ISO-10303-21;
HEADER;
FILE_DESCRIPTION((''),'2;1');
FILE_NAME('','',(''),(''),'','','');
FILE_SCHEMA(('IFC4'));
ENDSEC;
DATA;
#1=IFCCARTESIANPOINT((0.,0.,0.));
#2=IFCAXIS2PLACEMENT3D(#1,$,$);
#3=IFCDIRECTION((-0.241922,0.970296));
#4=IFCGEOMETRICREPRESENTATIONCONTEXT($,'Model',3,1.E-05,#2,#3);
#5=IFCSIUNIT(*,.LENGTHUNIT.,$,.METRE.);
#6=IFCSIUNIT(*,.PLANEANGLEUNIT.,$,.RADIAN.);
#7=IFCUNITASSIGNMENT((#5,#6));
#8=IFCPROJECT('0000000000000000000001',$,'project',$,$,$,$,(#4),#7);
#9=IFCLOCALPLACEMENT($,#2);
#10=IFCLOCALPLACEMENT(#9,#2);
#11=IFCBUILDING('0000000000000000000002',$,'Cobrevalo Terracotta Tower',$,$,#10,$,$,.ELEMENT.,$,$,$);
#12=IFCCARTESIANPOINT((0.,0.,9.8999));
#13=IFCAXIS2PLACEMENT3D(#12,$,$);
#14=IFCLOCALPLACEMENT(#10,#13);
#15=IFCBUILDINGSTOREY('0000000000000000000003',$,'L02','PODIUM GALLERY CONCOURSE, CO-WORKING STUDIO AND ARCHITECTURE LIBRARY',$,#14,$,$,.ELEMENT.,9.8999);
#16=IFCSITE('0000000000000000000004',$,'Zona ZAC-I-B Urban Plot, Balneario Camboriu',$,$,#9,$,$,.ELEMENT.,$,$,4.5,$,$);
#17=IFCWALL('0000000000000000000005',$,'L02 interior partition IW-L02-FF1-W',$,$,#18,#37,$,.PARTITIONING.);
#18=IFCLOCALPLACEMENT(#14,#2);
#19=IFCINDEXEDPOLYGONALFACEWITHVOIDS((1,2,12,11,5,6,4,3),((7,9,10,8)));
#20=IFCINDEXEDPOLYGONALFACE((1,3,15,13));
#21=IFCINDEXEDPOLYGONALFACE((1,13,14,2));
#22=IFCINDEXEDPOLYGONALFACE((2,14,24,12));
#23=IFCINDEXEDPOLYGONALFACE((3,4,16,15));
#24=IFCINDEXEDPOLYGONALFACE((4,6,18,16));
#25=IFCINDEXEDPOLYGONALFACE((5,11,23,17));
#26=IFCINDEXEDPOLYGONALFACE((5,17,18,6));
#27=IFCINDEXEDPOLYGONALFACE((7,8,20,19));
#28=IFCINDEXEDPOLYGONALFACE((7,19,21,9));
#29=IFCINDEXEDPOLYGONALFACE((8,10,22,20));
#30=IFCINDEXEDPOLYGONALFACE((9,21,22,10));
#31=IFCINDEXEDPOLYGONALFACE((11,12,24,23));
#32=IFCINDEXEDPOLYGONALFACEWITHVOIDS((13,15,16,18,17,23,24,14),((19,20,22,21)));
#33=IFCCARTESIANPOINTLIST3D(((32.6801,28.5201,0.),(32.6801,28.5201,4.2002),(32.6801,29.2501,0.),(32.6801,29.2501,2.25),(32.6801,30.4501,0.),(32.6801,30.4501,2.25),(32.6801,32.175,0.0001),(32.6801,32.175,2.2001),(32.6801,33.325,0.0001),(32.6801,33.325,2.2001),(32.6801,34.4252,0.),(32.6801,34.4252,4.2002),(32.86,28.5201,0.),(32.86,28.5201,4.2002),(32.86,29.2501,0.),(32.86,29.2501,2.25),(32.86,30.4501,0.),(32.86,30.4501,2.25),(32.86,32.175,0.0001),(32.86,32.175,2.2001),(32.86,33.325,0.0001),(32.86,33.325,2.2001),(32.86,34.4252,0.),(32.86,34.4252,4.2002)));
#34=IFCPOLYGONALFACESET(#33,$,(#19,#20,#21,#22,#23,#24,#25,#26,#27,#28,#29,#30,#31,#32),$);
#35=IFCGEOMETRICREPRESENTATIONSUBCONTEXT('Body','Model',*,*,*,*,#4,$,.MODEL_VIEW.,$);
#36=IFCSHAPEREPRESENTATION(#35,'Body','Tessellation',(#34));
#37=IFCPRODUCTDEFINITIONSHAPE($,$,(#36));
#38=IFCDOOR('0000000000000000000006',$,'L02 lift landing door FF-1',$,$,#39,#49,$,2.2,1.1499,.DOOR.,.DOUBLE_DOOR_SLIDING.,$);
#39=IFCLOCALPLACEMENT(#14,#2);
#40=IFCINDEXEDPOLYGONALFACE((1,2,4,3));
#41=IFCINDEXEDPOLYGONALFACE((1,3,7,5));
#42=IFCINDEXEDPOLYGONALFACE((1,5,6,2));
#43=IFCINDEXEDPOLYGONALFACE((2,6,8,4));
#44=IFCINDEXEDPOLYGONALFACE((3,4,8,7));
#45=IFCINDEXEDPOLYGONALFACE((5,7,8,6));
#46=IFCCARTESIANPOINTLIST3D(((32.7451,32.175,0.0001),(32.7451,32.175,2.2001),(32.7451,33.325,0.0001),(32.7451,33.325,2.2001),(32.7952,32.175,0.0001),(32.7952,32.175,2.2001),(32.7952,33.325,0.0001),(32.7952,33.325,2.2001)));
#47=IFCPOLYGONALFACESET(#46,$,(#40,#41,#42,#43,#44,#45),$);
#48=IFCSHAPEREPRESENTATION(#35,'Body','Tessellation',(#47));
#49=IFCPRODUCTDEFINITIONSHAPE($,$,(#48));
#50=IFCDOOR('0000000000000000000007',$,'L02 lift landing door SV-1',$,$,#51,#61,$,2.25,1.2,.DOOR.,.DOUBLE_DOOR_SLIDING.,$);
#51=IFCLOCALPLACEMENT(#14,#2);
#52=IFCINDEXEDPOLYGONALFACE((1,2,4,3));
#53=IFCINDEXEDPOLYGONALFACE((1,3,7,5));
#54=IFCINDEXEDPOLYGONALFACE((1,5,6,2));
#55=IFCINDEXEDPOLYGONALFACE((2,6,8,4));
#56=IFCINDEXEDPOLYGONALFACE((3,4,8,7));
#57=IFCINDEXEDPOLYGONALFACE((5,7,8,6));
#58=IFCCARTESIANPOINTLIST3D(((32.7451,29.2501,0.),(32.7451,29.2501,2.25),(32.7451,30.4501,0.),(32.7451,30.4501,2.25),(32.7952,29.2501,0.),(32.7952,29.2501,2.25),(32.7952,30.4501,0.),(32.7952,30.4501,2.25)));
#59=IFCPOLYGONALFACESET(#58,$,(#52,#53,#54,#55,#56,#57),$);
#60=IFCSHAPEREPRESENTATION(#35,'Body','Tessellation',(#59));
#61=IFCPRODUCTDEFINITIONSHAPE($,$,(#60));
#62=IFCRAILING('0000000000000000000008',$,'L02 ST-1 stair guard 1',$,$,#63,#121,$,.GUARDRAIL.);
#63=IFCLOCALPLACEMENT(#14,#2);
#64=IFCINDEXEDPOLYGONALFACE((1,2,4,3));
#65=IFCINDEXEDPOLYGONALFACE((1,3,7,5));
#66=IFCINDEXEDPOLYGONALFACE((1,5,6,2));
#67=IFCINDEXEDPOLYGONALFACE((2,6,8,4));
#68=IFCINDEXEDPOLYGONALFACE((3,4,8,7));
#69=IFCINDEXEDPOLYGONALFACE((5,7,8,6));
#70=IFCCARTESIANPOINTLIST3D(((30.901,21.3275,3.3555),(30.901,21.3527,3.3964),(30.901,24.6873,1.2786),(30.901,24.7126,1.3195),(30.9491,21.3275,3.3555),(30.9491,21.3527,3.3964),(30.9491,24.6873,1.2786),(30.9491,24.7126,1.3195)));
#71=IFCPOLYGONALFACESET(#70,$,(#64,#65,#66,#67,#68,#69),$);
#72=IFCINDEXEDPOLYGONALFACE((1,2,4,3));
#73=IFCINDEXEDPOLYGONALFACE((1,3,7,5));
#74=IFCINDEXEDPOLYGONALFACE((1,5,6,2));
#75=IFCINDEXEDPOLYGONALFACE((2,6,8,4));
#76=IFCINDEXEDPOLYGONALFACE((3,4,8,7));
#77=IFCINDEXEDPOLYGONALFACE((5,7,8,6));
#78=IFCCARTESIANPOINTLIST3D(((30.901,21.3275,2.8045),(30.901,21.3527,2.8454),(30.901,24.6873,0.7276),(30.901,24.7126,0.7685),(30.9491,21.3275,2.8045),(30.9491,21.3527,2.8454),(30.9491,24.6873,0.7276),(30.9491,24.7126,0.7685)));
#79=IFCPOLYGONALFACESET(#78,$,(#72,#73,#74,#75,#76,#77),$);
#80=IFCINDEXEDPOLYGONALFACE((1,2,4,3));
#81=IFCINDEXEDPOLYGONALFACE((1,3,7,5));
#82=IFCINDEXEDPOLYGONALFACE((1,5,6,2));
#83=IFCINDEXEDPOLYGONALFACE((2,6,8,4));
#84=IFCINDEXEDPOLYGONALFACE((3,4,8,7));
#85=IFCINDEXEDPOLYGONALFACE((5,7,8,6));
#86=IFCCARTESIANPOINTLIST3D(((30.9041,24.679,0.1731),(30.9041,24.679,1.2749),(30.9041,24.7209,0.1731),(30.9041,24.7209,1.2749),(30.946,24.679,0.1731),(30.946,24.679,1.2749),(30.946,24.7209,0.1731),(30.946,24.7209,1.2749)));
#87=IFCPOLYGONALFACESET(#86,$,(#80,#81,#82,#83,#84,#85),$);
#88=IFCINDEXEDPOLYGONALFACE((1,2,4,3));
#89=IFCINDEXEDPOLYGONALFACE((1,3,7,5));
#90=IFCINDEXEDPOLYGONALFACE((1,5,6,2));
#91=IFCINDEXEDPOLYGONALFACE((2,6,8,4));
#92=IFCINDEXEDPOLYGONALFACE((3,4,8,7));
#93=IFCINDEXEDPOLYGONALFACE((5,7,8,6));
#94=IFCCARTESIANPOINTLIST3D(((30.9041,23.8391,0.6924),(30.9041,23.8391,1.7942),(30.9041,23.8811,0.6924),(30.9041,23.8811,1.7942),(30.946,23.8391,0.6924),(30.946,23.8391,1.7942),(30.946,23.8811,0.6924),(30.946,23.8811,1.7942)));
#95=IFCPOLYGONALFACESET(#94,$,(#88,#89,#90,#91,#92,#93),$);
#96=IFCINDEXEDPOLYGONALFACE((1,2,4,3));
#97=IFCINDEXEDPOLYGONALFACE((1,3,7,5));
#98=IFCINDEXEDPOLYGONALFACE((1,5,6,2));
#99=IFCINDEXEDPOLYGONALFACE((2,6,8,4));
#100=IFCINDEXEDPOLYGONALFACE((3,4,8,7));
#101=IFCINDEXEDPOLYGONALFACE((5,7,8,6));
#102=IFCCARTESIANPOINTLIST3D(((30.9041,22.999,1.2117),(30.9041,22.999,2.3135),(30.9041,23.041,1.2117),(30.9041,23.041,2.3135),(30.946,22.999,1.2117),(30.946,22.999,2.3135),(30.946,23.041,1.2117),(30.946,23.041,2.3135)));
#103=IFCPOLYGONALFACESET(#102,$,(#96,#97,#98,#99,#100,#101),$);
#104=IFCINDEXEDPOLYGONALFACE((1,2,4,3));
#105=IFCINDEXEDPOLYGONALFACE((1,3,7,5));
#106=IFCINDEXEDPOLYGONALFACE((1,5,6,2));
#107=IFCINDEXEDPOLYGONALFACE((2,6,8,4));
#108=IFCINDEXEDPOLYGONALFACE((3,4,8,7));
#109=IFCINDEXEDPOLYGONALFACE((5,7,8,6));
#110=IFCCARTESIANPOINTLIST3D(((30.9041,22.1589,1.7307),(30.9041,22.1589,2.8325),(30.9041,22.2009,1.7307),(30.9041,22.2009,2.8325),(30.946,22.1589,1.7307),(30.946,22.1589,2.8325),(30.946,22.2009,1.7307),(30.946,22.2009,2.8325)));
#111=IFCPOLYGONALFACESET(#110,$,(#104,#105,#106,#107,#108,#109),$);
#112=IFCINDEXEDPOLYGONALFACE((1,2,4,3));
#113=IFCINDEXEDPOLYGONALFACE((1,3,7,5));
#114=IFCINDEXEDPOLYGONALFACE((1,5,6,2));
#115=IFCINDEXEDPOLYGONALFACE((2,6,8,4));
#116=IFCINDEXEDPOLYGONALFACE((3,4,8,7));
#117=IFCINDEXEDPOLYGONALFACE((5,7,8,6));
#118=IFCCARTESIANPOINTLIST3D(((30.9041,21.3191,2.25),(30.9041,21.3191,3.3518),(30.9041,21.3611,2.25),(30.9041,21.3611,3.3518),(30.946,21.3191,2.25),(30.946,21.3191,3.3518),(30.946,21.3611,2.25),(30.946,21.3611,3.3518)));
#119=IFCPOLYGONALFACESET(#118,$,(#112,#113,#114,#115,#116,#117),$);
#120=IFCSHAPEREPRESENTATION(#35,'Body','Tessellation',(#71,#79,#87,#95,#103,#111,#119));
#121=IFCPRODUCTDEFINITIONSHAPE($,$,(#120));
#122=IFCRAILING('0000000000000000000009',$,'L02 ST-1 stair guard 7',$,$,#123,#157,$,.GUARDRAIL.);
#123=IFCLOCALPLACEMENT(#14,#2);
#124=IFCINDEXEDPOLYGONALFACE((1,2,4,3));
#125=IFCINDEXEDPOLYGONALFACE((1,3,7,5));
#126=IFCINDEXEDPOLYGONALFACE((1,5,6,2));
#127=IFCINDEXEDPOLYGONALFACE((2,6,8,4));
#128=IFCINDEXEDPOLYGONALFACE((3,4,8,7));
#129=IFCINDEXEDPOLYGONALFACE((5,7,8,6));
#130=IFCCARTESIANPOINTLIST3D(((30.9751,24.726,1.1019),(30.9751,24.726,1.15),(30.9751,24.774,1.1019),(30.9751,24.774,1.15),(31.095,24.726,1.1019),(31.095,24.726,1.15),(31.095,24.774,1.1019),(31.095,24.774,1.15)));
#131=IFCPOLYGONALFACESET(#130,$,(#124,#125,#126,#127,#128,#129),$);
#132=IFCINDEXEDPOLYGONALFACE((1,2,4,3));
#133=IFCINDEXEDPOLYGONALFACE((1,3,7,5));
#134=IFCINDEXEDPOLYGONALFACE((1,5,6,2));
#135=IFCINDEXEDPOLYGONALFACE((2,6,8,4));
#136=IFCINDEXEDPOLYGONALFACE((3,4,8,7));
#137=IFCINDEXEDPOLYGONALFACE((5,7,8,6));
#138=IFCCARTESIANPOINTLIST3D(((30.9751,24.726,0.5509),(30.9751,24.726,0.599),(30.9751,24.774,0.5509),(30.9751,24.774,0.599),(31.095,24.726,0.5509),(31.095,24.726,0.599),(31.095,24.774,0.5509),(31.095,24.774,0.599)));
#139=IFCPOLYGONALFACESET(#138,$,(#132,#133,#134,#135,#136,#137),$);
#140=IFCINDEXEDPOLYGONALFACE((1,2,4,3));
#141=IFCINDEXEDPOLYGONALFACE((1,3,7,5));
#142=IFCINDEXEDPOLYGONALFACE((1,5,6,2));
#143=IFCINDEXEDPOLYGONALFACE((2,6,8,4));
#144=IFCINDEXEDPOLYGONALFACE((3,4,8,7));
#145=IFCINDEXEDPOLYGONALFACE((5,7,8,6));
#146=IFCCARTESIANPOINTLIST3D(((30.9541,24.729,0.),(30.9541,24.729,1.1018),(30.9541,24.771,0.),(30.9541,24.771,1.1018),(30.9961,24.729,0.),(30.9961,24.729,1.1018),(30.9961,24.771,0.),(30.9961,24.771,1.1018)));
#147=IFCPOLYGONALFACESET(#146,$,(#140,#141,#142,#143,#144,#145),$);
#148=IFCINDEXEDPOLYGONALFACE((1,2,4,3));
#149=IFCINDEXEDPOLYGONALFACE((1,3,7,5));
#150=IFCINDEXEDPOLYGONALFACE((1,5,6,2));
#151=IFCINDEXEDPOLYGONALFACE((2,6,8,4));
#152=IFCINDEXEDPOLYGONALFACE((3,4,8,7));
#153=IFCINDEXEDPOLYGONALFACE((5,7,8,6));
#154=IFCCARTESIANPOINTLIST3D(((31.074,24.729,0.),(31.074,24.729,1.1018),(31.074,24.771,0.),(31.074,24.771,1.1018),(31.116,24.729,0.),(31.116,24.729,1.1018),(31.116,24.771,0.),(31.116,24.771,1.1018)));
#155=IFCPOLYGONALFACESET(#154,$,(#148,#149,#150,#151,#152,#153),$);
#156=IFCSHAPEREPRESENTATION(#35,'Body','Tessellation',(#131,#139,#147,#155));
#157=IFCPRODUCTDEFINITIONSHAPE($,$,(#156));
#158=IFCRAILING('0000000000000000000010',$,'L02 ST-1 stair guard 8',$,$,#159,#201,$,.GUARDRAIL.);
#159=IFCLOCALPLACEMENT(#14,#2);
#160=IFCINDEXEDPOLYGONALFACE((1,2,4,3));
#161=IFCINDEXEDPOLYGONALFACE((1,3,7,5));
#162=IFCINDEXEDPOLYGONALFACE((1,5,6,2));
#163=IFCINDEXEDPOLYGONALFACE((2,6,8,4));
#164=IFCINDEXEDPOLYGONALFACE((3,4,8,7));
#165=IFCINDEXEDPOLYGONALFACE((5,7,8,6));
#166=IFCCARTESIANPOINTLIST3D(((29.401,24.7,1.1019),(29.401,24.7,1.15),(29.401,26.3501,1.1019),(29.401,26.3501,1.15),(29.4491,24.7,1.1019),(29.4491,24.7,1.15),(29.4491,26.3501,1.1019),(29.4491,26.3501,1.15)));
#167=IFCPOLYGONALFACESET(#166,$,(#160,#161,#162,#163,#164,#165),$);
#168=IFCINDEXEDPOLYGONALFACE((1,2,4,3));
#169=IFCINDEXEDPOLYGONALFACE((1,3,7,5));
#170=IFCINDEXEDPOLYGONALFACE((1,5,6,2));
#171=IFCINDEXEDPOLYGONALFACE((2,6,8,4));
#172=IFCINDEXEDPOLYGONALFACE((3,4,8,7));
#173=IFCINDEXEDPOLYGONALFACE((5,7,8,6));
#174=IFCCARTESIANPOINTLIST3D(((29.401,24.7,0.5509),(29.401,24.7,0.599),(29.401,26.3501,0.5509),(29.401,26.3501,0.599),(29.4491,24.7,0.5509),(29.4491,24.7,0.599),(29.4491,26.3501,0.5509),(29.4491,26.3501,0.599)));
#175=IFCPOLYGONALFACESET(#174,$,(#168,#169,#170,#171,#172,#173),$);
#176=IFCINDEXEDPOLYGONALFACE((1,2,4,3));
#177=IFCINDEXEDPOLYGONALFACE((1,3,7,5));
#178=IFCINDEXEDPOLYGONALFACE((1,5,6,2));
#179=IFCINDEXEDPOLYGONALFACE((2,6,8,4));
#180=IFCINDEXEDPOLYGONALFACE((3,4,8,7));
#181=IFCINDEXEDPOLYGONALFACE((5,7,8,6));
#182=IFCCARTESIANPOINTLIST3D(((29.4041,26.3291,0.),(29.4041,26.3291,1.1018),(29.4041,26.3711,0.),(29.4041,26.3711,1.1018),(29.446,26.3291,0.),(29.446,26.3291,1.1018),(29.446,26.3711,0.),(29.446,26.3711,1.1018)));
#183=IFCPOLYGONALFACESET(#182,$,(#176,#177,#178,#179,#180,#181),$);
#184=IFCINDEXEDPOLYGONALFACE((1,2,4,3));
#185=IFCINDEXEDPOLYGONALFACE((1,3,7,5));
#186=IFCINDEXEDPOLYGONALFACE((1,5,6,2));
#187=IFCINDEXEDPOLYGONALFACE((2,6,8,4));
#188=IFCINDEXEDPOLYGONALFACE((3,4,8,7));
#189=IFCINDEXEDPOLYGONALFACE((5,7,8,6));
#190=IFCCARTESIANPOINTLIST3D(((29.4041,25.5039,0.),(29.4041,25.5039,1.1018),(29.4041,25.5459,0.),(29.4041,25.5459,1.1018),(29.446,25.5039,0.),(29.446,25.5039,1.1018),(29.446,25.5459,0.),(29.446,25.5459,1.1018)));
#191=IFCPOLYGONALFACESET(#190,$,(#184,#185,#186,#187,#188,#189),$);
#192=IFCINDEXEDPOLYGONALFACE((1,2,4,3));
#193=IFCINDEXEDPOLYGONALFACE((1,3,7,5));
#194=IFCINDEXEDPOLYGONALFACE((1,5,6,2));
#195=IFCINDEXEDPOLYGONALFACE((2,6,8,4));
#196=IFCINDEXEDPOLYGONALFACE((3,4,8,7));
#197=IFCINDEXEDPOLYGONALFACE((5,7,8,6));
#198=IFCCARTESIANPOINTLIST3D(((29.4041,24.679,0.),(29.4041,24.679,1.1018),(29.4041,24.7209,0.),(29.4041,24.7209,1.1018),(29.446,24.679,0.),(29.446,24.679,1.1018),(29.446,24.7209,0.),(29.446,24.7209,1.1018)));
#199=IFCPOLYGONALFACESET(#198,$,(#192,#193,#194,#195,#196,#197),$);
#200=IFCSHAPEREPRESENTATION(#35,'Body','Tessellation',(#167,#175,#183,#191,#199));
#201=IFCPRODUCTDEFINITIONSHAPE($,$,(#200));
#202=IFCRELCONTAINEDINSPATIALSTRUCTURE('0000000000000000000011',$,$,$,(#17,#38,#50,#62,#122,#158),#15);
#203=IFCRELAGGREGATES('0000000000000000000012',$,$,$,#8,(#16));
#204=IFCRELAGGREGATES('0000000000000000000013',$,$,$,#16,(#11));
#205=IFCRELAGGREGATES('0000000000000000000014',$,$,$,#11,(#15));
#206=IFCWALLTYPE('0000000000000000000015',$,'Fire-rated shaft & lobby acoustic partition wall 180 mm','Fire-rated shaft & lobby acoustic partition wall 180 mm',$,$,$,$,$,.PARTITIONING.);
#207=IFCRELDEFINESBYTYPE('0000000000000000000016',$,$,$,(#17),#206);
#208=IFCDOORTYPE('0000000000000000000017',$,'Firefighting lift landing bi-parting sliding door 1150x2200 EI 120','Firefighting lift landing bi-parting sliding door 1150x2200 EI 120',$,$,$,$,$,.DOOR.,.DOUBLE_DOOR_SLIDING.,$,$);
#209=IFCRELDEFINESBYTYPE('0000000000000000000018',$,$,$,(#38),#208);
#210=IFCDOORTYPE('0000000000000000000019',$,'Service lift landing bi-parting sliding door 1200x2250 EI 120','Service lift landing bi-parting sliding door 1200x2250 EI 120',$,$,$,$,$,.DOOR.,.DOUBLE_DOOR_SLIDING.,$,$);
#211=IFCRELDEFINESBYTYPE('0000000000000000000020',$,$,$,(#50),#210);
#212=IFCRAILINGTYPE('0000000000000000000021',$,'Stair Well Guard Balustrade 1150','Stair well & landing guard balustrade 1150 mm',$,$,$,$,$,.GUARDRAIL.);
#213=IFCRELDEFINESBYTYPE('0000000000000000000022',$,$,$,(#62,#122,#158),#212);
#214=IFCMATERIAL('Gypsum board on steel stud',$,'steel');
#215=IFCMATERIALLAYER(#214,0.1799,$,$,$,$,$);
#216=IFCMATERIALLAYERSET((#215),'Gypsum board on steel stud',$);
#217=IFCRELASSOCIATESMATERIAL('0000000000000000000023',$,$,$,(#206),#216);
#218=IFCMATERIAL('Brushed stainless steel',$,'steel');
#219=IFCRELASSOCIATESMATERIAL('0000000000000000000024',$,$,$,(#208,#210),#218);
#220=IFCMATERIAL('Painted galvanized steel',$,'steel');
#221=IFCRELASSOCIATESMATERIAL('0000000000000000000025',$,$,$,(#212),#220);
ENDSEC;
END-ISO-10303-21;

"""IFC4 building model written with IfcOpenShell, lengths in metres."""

from ifc_helpers import new_model, si_unit, direction, frame, frame_2d, origin, origin_2d, place, context, subcontext, project, spatial, rectangle, extrude, source, transform, mapped, material, layer, layer_set, type_object, element, fill, save


model = new_model("IFC4")

# Units and contexts
model_context = context("Model", 3, precision=1e-05, world=origin(), true_north=direction((-0.241922, 0.970296)))
body_context = subcontext(model_context, "Body", "Model", "MODEL_VIEW")
ifc_project = project(units=[si_unit("LENGTHUNIT", "METRE"), si_unit("PLANEANGLEUNIT", "RADIAN")], contexts=[model_context])

# Site, building, storey
site_placement = place(None, origin())
site = spatial("IfcSite", under=ifc_project, at=site_placement, Name="Zona ZAC-I-B Urban Plot, Balneario Camboriu", CompositionType="ELEMENT", RefElevation=4.5)
building_placement = place(site_placement, origin())
building = spatial("IfcBuilding", under=site, at=building_placement, Name="Cobrevalo Terracotta Tower", CompositionType="ELEMENT")
storey_placement = place(building_placement, frame((0.0, 0.0, 9.8999)))
storey = spatial("IfcBuildingStorey", under=building, at=storey_placement, Name="L02", Description="PODIUM GALLERY CONCOURSE, CO-WORKING STUDIO AND ARCHITECTURE LIBRARY", CompositionType="ELEMENT", Elevation=9.8999)

# Shared definitions
ifc_material_1 = material(Name="Gypsum board on steel stud", Category="steel")

# Shared definitions
ifc_layer_1 = layer(ifc_material_1, 0.1799)
ifc_layer_set_1 = layer_set([ifc_layer_1], Name="Gypsum board on steel stud")
wall_type_1 = type_object("IfcWallType", Name="Fire-rated shaft & lobby acoustic partition wall 180 mm", Description="Fire-rated shaft & lobby acoustic partition wall 180 mm", PredefinedType="PARTITIONING", material=ifc_layer_set_1)

# Wall, openings, doors
wall_1_placement = place(storey_placement, frame((32.77, 28.52, 0.0), z_axis=(0.0, 0.0, 1.0), x_axis=(0.0, 1.0, 0.0)))
wall_1 = element("IfcWall", 1, at=wall_1_placement, inside=storey, type_object=wall_type_1, Name="L02 interior partition IW-L02-FF1-W", PredefinedType="PARTITIONING", context=body_context, shape_type="SweptSolid", body=[
    extrude(rectangle(XDim=5.905, YDim=0.1799, at=frame_2d((2.9526, 0.0))), origin(), (0.0, 0.0, 1.0), 4.2002),
])
opening_1_placement = place(wall_1_placement, frame((3.655, 0.0, 0.0)))
opening_1 = element("IfcOpeningElement", 2, at=opening_1_placement, cuts=wall_1, PredefinedType="OPENING", context=body_context, shape_type="SweptSolid", body=[
    extrude(rectangle(XDim=1.1499, YDim=2.2, at=frame_2d((0.575, 1.1001))), frame((0.0, 0.1001, 0.0), z_axis=(0.0, -1.0, 0.0), x_axis=(1.0, 0.0, 0.0)), (0.0, 0.0, 1.0), 0.2),
])
opening_2_placement = place(wall_1_placement, frame((0.73, 0.0, 0.0)))
opening_2 = element("IfcOpeningElement", 3, at=opening_2_placement, cuts=wall_1, PredefinedType="OPENING", context=body_context, shape_type="SweptSolid", body=[
    extrude(rectangle(XDim=1.2, YDim=2.25, at=frame_2d((0.6001, 1.125))), frame((0.0, 0.1001, 0.0), z_axis=(0.0, -1.0, 0.0), x_axis=(1.0, 0.0, 0.0)), (0.0, 0.0, 1.0), 0.2),
])
ifc_material_2 = material(Name="Brushed stainless steel", Category="steel")
door_type_1 = type_object("IfcDoorType", Name="Firefighting lift landing bi-parting sliding door 1150x2200 EI 120", Description="Firefighting lift landing bi-parting sliding door 1150x2200 EI 120", OperationType="DOUBLE_DOOR_SLIDING", PredefinedType="DOOR", material=ifc_material_2)
shared_shape_1 = source(origin(), body_context, "Body", "SweptSolid", [
    extrude(rectangle(XDim=1.1499, YDim=2.2, at=frame_2d((0.575, 1.1001))), frame((0.0, 0.0249, 0.0), z_axis=(0.0, -1.0, 0.0), x_axis=(1.0, 0.0, 0.0)), (0.0, 0.0, 1.0), 0.05),
])
door_1_placement = place(opening_1_placement, origin())
door_1 = element("IfcDoor", 4, at=door_1_placement, inside=storey, type_object=door_type_1, Name="L02 lift landing door FF-1", OperationType="DOUBLE_DOOR_SLIDING", OverallHeight=2.2, OverallWidth=1.1499, PredefinedType="DOOR", context=body_context, shape_type="MappedRepresentation", body=[
    mapped(shared_shape_1, transform((0.0, 0.0, 0.0), scale=1.0)),
])
fill(opening_1, door_1)
door_type_2 = type_object("IfcDoorType", Name="Service lift landing bi-parting sliding door 1200x2250 EI 120", Description="Service lift landing bi-parting sliding door 1200x2250 EI 120", OperationType="DOUBLE_DOOR_SLIDING", PredefinedType="DOOR", material=ifc_material_2)
shared_shape_2 = source(origin(), body_context, "Body", "SweptSolid", [
    extrude(rectangle(XDim=1.2, YDim=2.25, at=frame_2d((0.6001, 1.125))), frame((0.0, 0.0249, 0.0), z_axis=(0.0, -1.0, 0.0), x_axis=(1.0, 0.0, 0.0)), (0.0, 0.0, 1.0), 0.05),
])
door_2_placement = place(opening_2_placement, origin())
door_2 = element("IfcDoor", 5, at=door_2_placement, inside=storey, type_object=door_type_2, Name="L02 lift landing door SV-1", OperationType="DOUBLE_DOOR_SLIDING", OverallHeight=2.25, OverallWidth=1.2, PredefinedType="DOOR", context=body_context, shape_type="MappedRepresentation", body=[
    mapped(shared_shape_2, transform((0.0, 0.0, 0.0), scale=1.0)),
])
fill(opening_2, door_2)

# Railings
ifc_material_3 = material(Name="Painted galvanized steel", Category="steel")
railing_type = type_object("IfcRailingType", Name="Stair Well Guard Balustrade 1150", Description="Stair well & landing guard balustrade 1150 mm", PredefinedType="GUARDRAIL", material=ifc_material_3)
railing_1_placement = place(storey_placement, frame((30.925, 24.7, 0.1731)))
element("IfcRailing", 6, at=railing_1_placement, inside=storey, type_object=railing_type, Name="L02 ST-1 stair guard 1", PredefinedType="GUARDRAIL", context=body_context, shape_type="SweptSolid", body=[
    extrude(rectangle(XDim=0.0481, YDim=0.0481, at=origin_2d()), frame((0.0, 0.0, 1.126), z_axis=(0.0, -0.850606, 0.525803), x_axis=(1.0, 0.0, 0.0)), (0.0, 0.0, 1.0), 3.95),
    extrude(rectangle(XDim=0.0481, YDim=0.0481, at=origin_2d()), frame((0.0, 0.0, 0.575), z_axis=(0.0, -0.850606, 0.525803), x_axis=(1.0, 0.0, 0.0)), (0.0, 0.0, 1.0), 3.95),
    extrude(rectangle(XDim=0.042, YDim=0.042, at=origin_2d()), origin(), (0.0, 0.0, 1.0), 1.1018),
    extrude(rectangle(XDim=0.042, YDim=0.042, at=origin_2d()), frame((0.0, -0.8398, 0.5193)), (0.0, 0.0, 1.0), 1.1018),
    extrude(rectangle(XDim=0.042, YDim=0.042, at=origin_2d()), frame((0.0, -1.6799, 1.0386)), (0.0, 0.0, 1.0), 1.1018),
    extrude(rectangle(XDim=0.042, YDim=0.042, at=origin_2d()), frame((0.0, -2.52, 1.5576)), (0.0, 0.0, 1.0), 1.1018),
    extrude(rectangle(XDim=0.042, YDim=0.042, at=origin_2d()), frame((0.0, -3.3599, 2.0769)), (0.0, 0.0, 1.0), 1.1018),
])
railing_2_placement = place(storey_placement, frame((30.9751, 24.75, 0.0)))
element("IfcRailing", 7, at=railing_2_placement, inside=storey, type_object=railing_type, Name="L02 ST-1 stair guard 7", PredefinedType="GUARDRAIL", context=body_context, shape_type="SweptSolid", body=[
    extrude(rectangle(XDim=0.0481, YDim=0.0481, at=origin_2d()), frame((0.0, 0.0, 1.126), z_axis=(1.0, 0.0, 0.0), x_axis=(0.0, 1.0, 0.0)), (0.0, 0.0, 1.0), 0.1199),
    extrude(rectangle(XDim=0.0481, YDim=0.0481, at=origin_2d()), frame((0.0, 0.0, 0.575), z_axis=(1.0, 0.0, 0.0), x_axis=(0.0, 1.0, 0.0)), (0.0, 0.0, 1.0), 0.1199),
    extrude(rectangle(XDim=0.042, YDim=0.042, at=origin_2d()), origin(), (0.0, 0.0, 1.0), 1.1018),
    extrude(rectangle(XDim=0.042, YDim=0.042, at=origin_2d()), frame((0.1199, 0.0, 0.0)), (0.0, 0.0, 1.0), 1.1018),
])
for number, where, name in (
    (8, (29.425, 26.3501, 0.0), "L02 ST-1 stair guard 8"),
):
    element("IfcRailing", number, at=place(storey_placement, frame(where)), inside=storey, type_object=railing_type, Name=name, PredefinedType="GUARDRAIL", context=body_context, shape_type="SweptSolid", body=[
        extrude(rectangle(XDim=0.0481, YDim=0.0481, at=origin_2d()), frame((0.0, 0.0, 1.126), z_axis=(0.0, -1.0, 0.0), x_axis=(1.0, 0.0, 0.0)), (0.0, 0.0, 1.0), 1.6501),
        extrude(rectangle(XDim=0.0481, YDim=0.0481, at=origin_2d()), frame((0.0, 0.0, 0.575), z_axis=(0.0, -1.0, 0.0), x_axis=(1.0, 0.0, 0.0)), (0.0, 0.0, 1.0), 1.6501),
        extrude(rectangle(XDim=0.042, YDim=0.042, at=origin_2d()), origin(), (0.0, 0.0, 1.0), 1.1018),
        extrude(rectangle(XDim=0.042, YDim=0.042, at=origin_2d()), frame((0.0, -0.8252, 0.0)), (0.0, 0.0, 1.0), 1.1018),
        extrude(rectangle(XDim=0.042, YDim=0.042, at=origin_2d()), frame((0.0, -1.6501, 0.0)), (0.0, 0.0, 1.0), 1.1018),
    ])

save(model, "model.ifc")
